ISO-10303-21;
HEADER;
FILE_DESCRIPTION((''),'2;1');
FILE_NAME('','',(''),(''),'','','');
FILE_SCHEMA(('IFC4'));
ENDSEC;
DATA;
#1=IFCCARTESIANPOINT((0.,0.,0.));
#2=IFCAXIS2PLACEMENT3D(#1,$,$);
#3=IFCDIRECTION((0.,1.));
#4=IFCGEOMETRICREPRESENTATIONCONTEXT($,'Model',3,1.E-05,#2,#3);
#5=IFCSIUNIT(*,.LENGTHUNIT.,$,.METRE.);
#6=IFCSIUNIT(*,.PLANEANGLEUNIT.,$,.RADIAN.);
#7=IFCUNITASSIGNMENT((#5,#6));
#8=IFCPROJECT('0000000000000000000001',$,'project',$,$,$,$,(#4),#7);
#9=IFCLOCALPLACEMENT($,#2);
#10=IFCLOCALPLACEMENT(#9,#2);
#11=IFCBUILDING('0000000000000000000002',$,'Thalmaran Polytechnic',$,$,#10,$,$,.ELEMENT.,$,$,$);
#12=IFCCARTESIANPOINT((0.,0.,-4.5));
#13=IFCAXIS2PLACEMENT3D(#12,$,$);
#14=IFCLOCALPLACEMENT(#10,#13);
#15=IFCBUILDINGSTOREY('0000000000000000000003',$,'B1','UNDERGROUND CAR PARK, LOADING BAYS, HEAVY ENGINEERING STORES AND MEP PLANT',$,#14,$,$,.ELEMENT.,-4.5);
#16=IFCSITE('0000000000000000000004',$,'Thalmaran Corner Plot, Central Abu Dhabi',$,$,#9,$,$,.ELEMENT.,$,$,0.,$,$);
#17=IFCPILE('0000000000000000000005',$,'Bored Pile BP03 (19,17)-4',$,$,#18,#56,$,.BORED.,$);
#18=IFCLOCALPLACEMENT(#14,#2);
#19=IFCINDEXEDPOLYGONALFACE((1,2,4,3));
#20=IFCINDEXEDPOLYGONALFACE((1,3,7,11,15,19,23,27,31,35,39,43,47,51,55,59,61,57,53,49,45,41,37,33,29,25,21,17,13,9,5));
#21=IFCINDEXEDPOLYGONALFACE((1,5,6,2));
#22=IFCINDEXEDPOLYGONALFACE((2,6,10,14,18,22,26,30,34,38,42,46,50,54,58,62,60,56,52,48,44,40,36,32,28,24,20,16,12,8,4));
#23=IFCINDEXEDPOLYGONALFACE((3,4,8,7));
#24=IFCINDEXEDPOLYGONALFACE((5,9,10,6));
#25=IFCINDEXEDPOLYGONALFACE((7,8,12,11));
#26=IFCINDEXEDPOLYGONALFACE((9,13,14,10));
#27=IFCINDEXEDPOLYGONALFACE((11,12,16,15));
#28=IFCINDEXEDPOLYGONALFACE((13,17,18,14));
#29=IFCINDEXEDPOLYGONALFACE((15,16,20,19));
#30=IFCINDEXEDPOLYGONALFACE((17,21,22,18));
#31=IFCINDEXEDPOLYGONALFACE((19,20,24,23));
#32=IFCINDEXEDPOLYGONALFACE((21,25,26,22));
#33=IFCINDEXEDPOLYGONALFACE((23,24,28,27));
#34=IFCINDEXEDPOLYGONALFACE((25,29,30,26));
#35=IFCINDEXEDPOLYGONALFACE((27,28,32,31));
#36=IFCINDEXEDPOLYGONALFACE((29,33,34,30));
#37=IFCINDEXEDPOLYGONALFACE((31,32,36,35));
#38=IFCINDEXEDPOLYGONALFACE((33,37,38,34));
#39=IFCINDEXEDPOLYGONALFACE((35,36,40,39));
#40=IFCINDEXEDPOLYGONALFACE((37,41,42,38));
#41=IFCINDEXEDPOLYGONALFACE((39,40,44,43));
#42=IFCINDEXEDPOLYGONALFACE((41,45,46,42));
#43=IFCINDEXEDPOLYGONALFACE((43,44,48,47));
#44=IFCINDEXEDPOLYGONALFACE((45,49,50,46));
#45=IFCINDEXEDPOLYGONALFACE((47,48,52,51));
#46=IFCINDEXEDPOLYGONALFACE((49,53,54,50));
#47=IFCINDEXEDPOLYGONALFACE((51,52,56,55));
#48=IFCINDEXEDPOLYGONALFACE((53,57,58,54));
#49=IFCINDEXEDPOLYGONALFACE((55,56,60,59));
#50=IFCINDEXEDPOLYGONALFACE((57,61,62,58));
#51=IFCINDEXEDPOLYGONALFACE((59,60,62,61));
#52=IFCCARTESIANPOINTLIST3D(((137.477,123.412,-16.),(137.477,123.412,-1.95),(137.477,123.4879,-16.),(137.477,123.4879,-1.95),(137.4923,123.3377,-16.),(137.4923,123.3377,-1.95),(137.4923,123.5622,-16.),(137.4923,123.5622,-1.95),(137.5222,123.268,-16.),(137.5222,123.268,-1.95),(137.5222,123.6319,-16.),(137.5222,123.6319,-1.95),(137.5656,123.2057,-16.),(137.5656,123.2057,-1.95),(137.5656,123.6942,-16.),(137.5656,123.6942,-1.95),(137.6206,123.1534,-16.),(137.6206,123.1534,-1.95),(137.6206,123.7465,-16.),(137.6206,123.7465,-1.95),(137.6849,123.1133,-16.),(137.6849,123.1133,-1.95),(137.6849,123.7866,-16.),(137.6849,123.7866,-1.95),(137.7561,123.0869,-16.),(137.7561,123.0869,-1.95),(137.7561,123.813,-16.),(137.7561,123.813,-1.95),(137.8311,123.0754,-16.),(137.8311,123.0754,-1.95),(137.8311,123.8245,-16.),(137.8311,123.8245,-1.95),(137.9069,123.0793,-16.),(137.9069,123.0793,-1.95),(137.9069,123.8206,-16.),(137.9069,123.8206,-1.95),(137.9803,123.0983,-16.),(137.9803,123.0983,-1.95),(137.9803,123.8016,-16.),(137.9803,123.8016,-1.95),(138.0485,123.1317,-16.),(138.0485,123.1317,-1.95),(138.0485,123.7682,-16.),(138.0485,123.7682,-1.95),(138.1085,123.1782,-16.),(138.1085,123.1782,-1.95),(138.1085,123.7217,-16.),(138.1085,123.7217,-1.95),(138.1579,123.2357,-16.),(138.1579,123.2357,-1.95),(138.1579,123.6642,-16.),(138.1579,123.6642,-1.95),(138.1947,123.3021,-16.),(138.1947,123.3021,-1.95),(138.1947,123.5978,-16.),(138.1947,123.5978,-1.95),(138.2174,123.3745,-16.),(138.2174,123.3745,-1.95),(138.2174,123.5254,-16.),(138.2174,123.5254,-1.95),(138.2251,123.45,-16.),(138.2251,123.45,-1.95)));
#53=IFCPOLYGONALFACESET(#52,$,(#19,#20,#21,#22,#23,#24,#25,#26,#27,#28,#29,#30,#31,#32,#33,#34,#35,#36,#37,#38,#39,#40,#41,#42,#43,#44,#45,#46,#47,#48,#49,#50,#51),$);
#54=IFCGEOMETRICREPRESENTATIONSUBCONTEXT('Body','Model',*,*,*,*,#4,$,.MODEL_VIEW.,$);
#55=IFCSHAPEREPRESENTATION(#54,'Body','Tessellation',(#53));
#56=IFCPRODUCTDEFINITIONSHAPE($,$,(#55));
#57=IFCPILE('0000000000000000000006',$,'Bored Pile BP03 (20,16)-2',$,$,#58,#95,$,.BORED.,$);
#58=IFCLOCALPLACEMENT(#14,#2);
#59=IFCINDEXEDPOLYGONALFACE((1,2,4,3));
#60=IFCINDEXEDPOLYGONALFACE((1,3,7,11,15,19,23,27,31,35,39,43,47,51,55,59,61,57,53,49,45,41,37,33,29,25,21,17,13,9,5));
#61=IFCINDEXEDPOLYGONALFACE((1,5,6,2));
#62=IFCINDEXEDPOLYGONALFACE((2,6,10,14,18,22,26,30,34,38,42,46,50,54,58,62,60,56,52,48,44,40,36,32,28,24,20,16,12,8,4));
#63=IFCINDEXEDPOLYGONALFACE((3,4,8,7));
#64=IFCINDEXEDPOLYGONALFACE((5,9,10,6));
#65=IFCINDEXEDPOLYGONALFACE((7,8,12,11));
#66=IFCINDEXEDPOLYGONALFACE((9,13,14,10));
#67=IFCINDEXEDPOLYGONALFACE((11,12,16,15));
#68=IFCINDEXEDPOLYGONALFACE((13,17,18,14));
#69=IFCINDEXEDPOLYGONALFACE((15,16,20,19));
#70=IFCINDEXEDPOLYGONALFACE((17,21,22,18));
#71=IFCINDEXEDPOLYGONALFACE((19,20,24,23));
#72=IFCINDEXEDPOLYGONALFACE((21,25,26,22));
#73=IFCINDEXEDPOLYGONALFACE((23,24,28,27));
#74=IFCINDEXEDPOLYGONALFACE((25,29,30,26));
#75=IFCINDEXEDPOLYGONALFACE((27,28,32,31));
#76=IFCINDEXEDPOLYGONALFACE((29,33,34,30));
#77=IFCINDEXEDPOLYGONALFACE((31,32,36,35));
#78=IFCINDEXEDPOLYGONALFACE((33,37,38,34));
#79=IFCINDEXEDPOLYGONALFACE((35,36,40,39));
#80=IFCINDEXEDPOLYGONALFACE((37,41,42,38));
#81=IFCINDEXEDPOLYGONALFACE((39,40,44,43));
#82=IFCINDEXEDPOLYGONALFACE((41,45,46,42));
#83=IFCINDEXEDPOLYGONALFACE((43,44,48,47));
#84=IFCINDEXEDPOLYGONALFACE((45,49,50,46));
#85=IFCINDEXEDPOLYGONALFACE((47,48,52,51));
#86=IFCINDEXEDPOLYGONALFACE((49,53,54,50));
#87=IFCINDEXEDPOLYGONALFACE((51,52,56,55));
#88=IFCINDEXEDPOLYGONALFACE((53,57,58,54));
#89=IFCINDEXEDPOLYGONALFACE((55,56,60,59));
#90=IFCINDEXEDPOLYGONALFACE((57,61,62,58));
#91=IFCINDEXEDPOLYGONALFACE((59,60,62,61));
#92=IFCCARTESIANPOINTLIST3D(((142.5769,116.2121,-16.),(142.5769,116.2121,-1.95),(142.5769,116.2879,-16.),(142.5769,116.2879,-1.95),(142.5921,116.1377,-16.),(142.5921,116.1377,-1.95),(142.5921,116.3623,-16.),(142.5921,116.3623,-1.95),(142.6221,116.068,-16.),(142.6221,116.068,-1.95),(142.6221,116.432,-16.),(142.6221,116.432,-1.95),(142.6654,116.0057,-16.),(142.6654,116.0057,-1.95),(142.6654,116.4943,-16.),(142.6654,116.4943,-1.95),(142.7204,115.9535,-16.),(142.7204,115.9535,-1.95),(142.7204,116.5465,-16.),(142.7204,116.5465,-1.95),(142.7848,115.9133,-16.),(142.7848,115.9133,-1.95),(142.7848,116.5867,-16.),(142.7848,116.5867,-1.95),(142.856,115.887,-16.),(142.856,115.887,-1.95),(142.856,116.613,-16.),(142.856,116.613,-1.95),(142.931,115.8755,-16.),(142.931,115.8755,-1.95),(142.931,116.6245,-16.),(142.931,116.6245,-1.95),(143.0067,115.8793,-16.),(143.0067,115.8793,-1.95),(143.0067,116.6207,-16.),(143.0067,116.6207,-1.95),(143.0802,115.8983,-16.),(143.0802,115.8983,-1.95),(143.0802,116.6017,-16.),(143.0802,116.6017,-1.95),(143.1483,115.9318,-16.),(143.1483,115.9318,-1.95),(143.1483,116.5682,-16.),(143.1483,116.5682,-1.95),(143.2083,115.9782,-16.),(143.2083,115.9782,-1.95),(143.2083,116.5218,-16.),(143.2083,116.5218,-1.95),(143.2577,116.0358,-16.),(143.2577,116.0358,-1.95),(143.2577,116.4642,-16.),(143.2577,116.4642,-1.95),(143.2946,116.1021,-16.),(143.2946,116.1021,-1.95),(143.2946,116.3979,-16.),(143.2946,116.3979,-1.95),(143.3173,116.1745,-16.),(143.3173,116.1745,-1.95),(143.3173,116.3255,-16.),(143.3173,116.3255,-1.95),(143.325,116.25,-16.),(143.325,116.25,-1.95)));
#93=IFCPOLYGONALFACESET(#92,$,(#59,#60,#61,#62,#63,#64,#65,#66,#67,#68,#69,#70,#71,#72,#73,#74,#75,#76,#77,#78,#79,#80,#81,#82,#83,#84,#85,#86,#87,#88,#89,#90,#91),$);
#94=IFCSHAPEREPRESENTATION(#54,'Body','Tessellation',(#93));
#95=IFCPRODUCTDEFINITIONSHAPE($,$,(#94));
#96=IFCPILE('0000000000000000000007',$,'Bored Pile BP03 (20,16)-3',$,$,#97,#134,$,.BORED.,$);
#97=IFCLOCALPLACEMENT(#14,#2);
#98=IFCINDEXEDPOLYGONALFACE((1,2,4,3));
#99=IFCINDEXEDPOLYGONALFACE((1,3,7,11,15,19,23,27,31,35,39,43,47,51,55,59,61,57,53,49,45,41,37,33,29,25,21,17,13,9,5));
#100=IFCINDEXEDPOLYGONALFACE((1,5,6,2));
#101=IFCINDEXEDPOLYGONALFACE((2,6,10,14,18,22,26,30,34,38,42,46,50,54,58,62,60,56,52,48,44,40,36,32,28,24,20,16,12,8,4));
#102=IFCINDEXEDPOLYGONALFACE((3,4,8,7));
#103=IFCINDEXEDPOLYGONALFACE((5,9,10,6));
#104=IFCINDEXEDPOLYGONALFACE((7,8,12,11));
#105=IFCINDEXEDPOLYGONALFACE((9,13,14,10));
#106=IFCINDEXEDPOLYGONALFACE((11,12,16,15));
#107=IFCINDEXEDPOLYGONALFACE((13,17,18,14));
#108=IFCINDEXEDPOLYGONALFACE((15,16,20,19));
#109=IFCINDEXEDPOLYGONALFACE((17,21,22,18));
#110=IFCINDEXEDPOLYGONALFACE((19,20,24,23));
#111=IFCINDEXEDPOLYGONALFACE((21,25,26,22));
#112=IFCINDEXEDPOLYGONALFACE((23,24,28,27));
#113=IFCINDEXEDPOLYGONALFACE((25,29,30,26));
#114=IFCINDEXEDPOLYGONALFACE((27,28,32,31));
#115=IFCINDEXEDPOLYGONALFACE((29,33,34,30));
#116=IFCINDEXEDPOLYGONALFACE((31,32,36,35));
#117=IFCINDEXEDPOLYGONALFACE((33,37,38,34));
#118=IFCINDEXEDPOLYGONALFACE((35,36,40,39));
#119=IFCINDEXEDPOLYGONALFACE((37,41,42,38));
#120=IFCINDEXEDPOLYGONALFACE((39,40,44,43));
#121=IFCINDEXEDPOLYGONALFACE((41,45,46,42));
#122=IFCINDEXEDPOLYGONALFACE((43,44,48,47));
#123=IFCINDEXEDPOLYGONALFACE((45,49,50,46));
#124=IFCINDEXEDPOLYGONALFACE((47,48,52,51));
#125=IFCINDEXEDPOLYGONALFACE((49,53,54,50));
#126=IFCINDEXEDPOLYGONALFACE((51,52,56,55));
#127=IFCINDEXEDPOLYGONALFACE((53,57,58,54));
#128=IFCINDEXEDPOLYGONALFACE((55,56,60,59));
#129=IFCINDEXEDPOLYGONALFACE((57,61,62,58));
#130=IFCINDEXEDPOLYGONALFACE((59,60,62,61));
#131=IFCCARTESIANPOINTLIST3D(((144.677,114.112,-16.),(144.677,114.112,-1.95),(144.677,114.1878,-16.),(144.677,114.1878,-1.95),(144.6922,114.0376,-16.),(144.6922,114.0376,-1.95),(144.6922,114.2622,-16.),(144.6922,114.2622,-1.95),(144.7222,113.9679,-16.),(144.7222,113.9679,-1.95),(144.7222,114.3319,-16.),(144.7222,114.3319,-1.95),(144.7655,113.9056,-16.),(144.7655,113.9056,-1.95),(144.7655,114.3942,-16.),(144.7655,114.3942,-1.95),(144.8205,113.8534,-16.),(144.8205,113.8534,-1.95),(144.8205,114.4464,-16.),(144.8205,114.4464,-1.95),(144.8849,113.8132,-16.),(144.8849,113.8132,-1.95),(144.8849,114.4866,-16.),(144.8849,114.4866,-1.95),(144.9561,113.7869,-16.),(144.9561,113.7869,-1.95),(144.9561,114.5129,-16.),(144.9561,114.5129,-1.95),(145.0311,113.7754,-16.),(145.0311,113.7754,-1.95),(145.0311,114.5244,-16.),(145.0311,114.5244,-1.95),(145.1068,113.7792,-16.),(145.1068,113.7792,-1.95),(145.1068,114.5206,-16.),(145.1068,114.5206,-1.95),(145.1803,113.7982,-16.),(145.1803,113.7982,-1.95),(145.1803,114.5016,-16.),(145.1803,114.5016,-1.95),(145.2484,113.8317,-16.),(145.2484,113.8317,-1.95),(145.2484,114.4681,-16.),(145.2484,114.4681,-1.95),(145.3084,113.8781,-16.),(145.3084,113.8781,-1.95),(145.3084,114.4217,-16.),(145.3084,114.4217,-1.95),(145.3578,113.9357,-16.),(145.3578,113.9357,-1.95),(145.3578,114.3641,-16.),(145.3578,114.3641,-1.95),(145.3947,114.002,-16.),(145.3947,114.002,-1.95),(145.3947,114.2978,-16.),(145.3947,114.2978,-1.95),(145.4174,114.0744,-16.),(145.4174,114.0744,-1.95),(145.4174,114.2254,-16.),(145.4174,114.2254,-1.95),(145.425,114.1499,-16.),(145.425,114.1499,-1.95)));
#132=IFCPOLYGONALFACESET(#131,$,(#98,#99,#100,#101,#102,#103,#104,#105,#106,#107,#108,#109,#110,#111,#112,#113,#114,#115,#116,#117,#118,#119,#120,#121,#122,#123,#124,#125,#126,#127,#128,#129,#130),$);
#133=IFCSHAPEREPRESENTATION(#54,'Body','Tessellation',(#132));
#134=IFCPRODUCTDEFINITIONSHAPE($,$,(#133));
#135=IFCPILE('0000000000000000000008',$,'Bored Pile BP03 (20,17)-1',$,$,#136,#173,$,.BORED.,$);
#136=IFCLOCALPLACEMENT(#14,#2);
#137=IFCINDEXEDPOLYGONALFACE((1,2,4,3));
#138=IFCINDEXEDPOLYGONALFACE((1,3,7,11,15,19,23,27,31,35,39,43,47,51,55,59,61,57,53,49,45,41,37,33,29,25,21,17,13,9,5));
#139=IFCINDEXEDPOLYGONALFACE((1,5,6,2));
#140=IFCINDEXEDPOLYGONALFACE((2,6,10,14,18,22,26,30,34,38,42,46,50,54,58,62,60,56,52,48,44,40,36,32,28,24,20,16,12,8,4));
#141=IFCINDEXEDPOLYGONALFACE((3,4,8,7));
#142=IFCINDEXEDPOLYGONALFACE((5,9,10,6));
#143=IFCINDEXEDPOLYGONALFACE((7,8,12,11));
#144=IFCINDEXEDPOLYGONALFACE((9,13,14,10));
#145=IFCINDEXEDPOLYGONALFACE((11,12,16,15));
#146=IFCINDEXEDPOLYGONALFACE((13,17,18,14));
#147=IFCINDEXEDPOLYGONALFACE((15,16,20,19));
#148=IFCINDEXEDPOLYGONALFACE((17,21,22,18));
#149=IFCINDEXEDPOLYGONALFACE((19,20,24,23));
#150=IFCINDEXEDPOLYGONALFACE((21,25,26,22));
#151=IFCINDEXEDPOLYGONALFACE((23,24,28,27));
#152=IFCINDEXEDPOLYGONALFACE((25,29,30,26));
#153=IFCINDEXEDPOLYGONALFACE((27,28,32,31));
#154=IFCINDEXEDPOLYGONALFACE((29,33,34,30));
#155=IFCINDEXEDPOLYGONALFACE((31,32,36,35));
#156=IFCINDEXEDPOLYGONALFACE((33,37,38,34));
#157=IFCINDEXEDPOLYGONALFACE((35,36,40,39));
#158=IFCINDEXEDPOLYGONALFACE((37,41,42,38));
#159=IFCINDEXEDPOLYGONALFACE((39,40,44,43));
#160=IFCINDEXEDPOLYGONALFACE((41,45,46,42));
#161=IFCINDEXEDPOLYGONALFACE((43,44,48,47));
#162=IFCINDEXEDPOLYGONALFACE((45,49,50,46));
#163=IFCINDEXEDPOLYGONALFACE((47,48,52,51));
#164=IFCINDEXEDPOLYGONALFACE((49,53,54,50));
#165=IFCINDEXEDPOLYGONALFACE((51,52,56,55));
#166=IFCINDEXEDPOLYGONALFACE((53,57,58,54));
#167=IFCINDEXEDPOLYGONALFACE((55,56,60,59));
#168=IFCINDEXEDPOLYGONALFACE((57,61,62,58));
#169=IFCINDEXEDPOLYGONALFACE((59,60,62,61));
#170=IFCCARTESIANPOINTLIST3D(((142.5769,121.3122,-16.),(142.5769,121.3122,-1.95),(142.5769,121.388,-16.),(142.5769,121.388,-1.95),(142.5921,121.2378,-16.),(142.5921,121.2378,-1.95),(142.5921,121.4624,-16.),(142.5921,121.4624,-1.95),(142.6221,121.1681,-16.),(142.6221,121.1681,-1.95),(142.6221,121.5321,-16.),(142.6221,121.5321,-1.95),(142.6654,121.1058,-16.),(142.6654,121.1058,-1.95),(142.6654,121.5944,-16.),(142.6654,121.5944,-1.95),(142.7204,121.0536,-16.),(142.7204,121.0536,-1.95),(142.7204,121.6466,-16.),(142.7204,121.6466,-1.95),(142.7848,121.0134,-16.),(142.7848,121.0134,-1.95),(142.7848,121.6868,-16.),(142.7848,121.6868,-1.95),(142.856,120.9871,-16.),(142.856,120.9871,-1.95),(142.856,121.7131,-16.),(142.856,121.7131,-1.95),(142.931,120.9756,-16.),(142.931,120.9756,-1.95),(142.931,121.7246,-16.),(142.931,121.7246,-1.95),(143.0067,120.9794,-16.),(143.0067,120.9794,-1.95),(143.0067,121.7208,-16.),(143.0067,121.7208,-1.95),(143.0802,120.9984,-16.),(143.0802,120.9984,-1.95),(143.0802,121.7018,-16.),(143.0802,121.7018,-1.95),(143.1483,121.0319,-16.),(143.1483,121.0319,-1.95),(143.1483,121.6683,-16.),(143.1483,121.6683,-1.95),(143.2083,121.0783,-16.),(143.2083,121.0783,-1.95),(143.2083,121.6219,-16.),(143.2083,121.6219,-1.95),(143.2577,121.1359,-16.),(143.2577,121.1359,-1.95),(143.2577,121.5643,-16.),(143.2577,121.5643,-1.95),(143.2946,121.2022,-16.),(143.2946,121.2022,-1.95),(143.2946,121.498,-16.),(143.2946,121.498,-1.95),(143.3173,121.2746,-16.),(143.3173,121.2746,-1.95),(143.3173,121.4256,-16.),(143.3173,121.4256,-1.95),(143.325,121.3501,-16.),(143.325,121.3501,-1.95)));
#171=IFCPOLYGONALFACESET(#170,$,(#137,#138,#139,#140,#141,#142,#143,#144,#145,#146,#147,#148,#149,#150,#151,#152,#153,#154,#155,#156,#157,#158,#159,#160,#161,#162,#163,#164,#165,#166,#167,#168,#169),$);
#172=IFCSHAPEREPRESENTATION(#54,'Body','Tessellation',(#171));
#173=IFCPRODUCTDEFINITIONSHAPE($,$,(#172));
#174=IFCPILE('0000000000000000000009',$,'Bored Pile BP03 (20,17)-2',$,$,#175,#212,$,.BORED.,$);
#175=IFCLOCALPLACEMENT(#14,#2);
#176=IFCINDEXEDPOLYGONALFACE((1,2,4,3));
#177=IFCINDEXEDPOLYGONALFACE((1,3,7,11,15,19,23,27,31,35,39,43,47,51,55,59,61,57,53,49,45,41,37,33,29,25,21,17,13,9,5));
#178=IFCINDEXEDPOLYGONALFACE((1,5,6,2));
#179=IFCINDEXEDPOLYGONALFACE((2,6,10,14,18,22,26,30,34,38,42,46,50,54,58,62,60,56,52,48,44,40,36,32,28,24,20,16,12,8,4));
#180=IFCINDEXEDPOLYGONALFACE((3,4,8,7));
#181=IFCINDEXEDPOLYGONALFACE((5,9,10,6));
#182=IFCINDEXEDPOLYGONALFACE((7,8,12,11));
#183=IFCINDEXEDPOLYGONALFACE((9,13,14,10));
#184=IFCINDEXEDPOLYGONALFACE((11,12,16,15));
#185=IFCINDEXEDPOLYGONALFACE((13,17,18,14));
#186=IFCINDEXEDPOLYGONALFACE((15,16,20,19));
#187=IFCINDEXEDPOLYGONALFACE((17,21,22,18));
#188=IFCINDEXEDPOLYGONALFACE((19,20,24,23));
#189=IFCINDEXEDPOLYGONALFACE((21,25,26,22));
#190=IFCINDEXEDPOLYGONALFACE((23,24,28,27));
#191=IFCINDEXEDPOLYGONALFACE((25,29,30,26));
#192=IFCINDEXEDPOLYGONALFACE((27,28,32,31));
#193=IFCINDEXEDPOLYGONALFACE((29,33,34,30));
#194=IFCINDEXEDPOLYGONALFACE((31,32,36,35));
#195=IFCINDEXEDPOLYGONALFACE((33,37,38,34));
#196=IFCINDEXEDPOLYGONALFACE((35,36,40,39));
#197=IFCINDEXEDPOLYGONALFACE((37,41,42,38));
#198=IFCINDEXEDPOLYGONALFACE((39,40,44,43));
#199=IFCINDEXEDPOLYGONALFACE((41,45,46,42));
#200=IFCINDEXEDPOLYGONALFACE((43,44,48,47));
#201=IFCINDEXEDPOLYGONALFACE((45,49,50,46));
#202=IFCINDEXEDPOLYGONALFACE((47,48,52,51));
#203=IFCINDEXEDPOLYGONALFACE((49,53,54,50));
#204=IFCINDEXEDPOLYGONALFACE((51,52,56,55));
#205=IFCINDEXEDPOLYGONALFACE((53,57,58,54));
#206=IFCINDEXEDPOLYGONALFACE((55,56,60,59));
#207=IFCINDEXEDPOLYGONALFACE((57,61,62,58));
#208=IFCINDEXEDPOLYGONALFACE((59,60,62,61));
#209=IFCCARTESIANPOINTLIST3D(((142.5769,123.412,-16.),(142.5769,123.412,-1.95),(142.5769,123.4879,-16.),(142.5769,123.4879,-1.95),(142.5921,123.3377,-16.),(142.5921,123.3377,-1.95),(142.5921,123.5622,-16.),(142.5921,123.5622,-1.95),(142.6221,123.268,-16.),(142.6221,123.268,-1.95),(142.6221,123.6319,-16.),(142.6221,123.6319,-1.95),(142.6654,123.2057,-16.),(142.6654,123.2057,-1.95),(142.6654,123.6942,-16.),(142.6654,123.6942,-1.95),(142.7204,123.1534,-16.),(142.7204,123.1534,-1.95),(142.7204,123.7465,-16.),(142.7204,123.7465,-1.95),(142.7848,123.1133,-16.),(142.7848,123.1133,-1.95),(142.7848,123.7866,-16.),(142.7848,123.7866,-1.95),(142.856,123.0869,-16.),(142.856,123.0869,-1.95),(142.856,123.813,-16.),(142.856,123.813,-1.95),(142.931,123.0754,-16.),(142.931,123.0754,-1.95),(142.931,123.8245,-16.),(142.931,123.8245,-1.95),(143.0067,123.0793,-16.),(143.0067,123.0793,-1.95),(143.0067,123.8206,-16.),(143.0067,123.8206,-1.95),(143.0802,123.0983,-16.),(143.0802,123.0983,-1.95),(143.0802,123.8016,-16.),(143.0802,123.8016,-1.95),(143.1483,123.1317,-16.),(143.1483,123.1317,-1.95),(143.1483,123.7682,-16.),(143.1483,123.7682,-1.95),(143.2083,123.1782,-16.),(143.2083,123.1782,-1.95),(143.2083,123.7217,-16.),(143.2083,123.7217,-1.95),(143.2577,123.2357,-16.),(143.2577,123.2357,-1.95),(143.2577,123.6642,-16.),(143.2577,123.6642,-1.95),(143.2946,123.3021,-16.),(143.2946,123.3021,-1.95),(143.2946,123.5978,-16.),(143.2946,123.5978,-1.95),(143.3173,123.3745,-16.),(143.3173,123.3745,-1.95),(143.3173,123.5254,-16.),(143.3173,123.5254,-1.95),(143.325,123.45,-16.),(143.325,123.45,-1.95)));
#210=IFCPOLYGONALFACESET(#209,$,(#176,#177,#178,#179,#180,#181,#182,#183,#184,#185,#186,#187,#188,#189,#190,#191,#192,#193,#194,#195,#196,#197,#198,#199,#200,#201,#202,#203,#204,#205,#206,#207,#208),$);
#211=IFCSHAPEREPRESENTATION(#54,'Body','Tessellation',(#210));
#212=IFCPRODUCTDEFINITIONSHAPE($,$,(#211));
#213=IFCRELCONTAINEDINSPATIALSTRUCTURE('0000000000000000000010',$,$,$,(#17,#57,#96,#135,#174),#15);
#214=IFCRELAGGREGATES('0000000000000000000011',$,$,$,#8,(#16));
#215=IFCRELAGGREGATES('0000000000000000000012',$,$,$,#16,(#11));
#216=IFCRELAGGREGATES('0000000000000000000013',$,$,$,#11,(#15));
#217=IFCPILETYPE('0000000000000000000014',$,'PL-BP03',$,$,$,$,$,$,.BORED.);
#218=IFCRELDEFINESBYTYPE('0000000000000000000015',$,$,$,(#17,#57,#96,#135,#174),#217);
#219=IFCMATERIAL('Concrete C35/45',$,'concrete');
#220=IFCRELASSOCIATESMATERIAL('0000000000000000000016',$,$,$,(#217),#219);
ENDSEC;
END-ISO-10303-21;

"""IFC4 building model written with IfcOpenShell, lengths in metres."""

from ifc_helpers import new_model, si_unit, direction, frame, origin, origin_2d, place, context, subcontext, project, spatial, circle, extrude, material, material_profile, profile_set, type_object, element, save


model = new_model("IFC4")

# Units and contexts
model_context = context("Model", 3, precision=1e-05, world=origin(), true_north=direction((0.0, 1.0)))
body_context = subcontext(model_context, "Body", "Model", "MODEL_VIEW")
ifc_project = project(units=[si_unit("LENGTHUNIT", "METRE"), si_unit("PLANEANGLEUNIT", "RADIAN")], contexts=[model_context])

# Site, building, storey
site_placement = place(None, origin())
site = spatial("IfcSite", under=ifc_project, at=site_placement, Name="Thalmaran Corner Plot, Central Abu Dhabi", CompositionType="ELEMENT", RefElevation=0.0)
building_placement = place(site_placement, origin())
building = spatial("IfcBuilding", under=site, at=building_placement, Name="Thalmaran Polytechnic", CompositionType="ELEMENT")
storey_placement = place(building_placement, frame((0.0, 0.0, -4.5)))
storey = spatial("IfcBuildingStorey", under=building, at=storey_placement, Name="B1", Description="UNDERGROUND CAR PARK, LOADING BAYS, HEAVY ENGINEERING STORES AND MEP PLANT", CompositionType="ELEMENT", Elevation=-4.5)

# Piles
ifc_material_1 = material(Name="Concrete C35/45", Category="concrete")
ifc_material_profile_1 = material_profile(ifc_material_1, circle(Radius=0.375, at=origin_2d()), Name="RC 750 DIA")
ifc_profile_set_1 = profile_set([ifc_material_profile_1], Name="Concrete C35/45")
pile_type = type_object("IfcPileType", Name="PL-BP03", PredefinedType="BORED", material=ifc_profile_set_1)
for number, where, z_axis, x_axis, name in (
    (1, (137.8501, 123.45, -1.95), (0.0, 0.0, -1.0), (1.0, 0.0, 0.0), "Bored Pile BP03 (19,17)-4"),
    (2, (142.95, 116.25, -1.95), (0.0, 0.0, -1.0), (1.0, 0.0, 0.0), "Bored Pile BP03 (20,16)-2"),
    (3, (145.05, 114.1499, -1.95), (0.0, 0.0, -1.0), (1.0, 0.0, 0.0), "Bored Pile BP03 (20,16)-3"),
    (4, (142.95, 121.3501, -1.95), (0.0, 0.0, -1.0), (1.0, 0.0, 0.0), "Bored Pile BP03 (20,17)-1"),
    (5, (142.95, 123.45, -1.95), (0.0, 0.0, -1.0), (1.0, 0.0, 0.0), "Bored Pile BP03 (20,17)-2"),
):
    element("IfcPile", number, at=place(storey_placement, frame(where, z_axis=z_axis, x_axis=x_axis)), inside=storey, type_object=pile_type, Name=name, PredefinedType="BORED", context=body_context, shape_type="SweptSolid", body=[
        extrude(circle(Radius=0.375, at=origin_2d()), origin(), (0.0, 0.0, 1.0), 14.05),
    ])

save(model, "model.ifc")
